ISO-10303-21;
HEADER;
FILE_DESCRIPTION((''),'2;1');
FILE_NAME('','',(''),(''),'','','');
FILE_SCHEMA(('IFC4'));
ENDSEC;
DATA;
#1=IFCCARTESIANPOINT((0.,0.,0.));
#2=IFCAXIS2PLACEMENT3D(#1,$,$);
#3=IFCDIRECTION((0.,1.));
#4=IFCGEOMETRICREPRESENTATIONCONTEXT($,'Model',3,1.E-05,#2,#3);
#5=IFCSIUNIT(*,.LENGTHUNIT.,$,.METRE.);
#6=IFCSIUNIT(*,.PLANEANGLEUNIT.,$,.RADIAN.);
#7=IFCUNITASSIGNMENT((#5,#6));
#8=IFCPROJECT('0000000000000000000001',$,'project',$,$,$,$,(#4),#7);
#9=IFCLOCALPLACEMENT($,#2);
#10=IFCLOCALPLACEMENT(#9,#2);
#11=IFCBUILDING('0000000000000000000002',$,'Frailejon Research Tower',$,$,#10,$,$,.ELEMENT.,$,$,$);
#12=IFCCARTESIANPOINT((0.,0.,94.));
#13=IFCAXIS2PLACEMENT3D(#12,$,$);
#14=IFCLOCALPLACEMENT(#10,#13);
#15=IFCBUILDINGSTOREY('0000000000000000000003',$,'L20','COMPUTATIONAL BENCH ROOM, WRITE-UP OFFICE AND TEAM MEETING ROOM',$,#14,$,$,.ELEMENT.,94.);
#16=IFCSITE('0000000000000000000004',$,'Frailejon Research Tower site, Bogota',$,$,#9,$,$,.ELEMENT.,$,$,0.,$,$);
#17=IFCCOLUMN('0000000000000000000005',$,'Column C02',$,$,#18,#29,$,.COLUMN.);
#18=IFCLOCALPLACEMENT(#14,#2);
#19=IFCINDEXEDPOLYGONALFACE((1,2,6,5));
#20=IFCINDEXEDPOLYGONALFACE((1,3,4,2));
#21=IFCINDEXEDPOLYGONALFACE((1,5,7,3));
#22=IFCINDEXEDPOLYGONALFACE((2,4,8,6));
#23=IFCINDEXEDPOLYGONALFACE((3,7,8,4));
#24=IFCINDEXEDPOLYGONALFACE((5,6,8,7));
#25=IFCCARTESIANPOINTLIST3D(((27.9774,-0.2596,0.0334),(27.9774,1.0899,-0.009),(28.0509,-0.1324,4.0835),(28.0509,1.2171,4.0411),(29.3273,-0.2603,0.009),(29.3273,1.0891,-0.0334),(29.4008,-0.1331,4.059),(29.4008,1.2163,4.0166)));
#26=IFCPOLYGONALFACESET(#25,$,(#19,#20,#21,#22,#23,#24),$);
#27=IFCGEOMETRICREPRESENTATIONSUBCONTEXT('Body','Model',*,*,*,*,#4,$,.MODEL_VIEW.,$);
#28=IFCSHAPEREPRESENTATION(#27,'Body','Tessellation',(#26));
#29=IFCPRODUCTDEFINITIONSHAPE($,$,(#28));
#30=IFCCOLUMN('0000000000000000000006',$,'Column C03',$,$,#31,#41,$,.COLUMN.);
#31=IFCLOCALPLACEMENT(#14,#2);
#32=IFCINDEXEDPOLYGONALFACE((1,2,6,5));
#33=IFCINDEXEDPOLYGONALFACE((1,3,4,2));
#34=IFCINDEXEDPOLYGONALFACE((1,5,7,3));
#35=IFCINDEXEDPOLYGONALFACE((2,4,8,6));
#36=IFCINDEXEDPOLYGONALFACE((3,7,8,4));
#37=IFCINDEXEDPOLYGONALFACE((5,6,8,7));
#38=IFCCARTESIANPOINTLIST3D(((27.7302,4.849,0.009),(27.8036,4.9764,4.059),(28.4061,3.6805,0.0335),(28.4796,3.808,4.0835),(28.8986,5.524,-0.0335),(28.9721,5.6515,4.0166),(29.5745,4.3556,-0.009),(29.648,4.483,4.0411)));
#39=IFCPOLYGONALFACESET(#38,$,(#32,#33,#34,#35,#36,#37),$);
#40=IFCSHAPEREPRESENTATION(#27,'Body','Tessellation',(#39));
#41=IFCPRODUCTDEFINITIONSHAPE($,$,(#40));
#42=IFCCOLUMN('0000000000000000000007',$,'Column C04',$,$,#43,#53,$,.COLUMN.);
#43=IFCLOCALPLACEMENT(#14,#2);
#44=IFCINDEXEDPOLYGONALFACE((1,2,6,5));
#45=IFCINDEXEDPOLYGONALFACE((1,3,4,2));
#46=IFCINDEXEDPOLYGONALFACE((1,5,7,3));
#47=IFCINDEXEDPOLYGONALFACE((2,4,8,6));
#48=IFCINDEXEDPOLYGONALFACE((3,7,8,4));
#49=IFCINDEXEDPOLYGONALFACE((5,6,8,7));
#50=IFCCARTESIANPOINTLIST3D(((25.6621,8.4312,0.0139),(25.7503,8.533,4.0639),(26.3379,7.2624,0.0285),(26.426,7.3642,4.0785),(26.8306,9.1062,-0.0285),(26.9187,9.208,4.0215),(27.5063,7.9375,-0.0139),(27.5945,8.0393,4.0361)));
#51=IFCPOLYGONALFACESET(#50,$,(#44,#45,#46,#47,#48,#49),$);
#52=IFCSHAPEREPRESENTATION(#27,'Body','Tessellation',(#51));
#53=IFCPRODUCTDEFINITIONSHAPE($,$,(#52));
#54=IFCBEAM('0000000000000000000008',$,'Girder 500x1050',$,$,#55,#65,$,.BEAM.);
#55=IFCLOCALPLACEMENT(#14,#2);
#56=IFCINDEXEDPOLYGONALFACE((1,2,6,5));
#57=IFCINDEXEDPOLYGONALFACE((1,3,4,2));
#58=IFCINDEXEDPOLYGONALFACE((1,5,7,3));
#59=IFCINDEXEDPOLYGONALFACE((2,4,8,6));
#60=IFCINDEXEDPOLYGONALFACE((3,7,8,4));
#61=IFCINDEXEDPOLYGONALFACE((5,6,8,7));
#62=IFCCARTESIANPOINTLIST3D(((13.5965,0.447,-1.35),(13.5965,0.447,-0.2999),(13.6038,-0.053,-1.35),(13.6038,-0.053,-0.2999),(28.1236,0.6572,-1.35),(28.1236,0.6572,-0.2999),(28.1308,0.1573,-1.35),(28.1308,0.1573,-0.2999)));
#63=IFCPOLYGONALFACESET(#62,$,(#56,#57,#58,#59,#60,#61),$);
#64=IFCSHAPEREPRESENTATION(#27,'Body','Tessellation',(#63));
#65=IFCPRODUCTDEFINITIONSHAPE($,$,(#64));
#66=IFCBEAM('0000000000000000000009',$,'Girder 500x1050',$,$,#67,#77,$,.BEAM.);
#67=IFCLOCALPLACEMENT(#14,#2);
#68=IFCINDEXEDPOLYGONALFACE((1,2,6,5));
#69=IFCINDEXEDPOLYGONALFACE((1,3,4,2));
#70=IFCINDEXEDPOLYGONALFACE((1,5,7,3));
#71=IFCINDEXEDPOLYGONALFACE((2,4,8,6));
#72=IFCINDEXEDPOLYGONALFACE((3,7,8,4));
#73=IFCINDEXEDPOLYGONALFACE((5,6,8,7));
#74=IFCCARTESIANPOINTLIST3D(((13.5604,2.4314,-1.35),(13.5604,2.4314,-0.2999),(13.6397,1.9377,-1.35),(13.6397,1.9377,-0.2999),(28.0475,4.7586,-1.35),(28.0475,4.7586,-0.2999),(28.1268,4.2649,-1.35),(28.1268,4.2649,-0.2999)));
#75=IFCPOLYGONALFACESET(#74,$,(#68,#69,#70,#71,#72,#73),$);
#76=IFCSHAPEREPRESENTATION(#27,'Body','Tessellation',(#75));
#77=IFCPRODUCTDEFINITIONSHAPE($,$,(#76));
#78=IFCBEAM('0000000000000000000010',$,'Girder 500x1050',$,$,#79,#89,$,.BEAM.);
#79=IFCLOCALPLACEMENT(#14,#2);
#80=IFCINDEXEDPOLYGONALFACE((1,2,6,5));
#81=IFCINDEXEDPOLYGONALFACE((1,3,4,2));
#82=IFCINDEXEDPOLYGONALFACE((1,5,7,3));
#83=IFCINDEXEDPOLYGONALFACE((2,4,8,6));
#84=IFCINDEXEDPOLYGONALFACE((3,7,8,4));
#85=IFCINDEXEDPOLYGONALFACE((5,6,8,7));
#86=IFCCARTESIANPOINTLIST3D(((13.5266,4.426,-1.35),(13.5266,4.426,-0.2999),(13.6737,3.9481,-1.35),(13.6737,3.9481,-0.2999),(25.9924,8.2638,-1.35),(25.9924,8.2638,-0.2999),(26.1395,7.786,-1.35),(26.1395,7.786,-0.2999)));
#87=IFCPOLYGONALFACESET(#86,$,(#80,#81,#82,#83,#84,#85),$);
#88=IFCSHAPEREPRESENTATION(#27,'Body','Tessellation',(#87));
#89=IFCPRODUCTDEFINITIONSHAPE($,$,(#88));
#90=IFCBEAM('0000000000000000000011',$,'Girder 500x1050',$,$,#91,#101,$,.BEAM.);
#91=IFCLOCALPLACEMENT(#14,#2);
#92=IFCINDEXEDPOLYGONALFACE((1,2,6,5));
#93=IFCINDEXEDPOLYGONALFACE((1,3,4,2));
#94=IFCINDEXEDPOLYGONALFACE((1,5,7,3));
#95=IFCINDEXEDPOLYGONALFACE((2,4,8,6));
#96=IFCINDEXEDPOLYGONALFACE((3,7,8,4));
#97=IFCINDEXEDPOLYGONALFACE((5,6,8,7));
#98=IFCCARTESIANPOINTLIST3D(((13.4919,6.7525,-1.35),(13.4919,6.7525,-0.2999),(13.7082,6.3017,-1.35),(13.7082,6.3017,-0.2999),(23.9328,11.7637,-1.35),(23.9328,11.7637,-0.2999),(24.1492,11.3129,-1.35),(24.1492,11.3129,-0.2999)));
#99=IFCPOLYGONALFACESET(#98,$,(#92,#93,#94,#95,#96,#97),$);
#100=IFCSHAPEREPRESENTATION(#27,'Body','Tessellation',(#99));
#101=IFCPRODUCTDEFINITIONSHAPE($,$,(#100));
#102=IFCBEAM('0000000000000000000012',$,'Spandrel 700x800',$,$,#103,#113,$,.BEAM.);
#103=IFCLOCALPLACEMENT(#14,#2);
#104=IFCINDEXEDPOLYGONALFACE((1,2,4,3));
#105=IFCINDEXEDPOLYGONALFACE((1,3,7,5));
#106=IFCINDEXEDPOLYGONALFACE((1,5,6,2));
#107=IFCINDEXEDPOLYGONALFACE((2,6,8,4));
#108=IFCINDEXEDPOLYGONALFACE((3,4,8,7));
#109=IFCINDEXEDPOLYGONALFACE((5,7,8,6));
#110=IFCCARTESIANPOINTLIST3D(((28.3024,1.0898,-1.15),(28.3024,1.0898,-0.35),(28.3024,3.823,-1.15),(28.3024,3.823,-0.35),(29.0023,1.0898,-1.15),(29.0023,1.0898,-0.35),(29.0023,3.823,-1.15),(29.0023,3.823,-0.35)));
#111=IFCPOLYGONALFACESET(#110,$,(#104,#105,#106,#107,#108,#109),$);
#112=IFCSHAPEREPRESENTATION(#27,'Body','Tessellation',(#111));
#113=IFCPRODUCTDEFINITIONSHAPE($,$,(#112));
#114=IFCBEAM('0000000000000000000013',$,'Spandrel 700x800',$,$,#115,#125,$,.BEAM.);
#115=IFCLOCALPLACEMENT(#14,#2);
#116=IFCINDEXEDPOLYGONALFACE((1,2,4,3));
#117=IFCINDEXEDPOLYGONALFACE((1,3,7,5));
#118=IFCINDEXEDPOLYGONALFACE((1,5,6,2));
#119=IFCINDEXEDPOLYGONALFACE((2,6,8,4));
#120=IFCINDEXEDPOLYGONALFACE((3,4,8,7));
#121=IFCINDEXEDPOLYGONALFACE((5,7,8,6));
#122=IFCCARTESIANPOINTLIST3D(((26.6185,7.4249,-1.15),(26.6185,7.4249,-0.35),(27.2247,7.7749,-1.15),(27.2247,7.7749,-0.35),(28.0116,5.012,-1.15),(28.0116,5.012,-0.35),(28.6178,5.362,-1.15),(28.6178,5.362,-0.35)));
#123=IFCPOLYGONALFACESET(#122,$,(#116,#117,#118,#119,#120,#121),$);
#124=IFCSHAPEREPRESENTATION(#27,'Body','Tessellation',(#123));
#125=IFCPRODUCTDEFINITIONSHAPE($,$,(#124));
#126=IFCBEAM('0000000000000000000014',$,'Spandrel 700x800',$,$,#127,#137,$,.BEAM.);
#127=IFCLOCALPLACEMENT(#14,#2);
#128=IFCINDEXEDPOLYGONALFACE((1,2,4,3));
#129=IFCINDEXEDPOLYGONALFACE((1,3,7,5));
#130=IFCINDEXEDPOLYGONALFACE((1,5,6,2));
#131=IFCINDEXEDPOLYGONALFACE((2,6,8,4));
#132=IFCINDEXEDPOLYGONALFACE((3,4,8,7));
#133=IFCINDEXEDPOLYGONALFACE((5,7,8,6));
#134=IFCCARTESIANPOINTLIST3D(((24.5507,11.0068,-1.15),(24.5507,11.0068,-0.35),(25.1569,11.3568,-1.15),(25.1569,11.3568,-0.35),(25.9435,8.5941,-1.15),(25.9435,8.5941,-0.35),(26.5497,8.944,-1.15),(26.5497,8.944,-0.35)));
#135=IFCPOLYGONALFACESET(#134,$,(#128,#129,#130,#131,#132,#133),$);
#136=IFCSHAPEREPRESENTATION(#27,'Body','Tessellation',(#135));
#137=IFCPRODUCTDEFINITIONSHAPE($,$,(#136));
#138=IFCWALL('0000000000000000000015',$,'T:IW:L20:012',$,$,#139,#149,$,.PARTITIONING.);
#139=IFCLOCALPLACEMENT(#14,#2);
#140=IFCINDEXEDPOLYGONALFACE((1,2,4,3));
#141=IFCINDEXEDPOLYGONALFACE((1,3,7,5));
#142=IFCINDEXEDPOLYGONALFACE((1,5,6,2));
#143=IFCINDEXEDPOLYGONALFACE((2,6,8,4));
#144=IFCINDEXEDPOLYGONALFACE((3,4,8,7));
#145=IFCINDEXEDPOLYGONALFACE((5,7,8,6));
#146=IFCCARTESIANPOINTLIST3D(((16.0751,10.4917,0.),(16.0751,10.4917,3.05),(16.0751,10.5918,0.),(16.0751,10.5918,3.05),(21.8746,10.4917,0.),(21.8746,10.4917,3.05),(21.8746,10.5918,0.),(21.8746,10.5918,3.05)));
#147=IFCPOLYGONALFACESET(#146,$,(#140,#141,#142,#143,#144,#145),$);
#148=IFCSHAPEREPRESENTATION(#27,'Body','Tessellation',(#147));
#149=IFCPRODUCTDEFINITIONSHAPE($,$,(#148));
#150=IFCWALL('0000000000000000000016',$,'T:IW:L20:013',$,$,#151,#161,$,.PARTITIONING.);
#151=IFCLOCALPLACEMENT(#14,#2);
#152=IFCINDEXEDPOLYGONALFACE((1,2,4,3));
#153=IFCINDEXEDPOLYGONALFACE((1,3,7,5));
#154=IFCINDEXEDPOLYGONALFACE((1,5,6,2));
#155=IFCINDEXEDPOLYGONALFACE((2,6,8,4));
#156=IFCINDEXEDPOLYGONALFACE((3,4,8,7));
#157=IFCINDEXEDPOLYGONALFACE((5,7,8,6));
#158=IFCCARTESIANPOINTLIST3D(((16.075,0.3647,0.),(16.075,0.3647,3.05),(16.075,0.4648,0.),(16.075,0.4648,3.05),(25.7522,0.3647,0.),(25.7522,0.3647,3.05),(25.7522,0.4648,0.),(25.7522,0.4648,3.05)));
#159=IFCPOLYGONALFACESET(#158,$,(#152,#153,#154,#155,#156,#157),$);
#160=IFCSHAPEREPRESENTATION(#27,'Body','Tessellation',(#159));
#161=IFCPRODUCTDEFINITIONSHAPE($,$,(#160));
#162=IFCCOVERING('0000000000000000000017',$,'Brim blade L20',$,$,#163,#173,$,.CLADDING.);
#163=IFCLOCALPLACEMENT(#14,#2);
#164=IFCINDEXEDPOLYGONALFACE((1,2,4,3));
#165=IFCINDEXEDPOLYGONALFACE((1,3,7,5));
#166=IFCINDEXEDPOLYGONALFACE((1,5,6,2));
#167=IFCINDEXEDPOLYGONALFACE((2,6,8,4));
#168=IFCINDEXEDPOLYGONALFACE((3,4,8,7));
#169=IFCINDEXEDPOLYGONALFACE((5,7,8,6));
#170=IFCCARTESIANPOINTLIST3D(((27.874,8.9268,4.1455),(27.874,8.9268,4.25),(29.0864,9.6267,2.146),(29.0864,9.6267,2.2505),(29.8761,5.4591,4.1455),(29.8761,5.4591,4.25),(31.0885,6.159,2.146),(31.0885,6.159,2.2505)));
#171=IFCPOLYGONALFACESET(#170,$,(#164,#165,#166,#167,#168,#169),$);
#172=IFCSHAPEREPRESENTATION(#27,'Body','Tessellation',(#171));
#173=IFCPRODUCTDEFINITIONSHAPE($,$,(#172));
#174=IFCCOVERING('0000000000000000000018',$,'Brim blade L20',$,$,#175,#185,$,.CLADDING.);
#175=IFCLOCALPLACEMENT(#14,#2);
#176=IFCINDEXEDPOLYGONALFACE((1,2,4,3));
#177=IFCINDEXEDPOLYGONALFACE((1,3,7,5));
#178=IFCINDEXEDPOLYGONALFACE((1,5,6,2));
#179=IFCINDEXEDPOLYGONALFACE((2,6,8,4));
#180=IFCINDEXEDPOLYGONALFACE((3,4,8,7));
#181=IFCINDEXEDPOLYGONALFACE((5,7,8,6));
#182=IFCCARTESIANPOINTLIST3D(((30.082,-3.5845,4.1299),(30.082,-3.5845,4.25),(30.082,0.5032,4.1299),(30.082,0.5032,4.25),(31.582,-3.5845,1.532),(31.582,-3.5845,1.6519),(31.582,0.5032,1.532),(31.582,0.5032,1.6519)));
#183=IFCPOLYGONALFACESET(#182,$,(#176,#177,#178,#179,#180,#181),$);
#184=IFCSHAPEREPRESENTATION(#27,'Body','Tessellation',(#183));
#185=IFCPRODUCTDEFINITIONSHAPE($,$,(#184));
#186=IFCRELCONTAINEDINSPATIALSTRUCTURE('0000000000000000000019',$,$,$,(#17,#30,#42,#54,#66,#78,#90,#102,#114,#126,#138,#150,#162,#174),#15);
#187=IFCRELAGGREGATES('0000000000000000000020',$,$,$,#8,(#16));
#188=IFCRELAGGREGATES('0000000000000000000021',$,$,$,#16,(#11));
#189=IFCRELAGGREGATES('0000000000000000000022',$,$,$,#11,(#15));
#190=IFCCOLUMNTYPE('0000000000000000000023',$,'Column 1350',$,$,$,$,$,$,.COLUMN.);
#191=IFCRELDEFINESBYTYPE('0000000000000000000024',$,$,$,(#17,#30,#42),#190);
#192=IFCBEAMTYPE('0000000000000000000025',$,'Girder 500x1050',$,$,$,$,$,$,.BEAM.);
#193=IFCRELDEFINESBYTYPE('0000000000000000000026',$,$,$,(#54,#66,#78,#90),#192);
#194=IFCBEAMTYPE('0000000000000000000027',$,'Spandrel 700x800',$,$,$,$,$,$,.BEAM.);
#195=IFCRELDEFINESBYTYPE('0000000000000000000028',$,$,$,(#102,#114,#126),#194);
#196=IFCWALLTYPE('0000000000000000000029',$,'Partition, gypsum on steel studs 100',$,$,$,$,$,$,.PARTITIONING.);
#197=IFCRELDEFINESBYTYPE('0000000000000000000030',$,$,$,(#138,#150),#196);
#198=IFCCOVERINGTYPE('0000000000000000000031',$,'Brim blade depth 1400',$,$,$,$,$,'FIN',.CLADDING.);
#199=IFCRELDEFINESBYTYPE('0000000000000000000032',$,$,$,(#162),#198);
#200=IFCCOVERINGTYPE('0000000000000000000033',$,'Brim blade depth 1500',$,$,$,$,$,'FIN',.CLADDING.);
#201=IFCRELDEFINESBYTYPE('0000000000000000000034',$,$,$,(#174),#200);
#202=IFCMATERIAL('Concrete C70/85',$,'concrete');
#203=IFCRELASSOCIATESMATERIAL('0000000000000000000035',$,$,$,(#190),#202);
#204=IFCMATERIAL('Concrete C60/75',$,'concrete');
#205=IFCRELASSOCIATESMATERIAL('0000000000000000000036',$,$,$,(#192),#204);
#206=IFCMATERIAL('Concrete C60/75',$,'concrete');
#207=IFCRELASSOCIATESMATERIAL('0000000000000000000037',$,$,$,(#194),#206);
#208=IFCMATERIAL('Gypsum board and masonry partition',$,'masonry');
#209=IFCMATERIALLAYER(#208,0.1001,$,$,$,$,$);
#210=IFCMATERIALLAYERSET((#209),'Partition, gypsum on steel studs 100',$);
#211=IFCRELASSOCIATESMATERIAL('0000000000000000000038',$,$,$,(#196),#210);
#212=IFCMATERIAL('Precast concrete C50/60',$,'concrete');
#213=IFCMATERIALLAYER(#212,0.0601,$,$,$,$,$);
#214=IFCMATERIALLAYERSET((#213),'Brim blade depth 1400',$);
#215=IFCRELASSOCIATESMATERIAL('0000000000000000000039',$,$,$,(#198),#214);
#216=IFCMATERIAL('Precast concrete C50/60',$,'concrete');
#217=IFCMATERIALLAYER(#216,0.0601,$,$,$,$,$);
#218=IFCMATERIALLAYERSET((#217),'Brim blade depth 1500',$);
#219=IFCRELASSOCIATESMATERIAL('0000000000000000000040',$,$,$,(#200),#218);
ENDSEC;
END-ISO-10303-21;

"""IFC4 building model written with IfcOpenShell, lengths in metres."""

from ifc_helpers import new_model, si_unit, direction, frame, frame_2d, origin, origin_2d, place, context, subcontext, project, spatial, polyline, rectangle, outline, extrude, material, layer, layer_set, material_profile, profile_set, type_object, element, save


model = new_model("IFC4")

# Units and contexts
model_context = context("Model", 3, precision=1e-05, world=origin(), true_north=direction((0.0, 1.0)))
body_context = subcontext(model_context, "Body", "Model", "MODEL_VIEW")
ifc_project = project(units=[si_unit("LENGTHUNIT", "METRE"), si_unit("PLANEANGLEUNIT", "RADIAN")], contexts=[model_context])

# Site, building, storey
site_placement = place(None, origin())
site = spatial("IfcSite", under=ifc_project, at=site_placement, Name="Frailejon Research Tower site, Bogota", CompositionType="ELEMENT", RefElevation=0.0)
building_placement = place(site_placement, origin())
building = spatial("IfcBuilding", under=site, at=building_placement, Name="Frailejon Research Tower", CompositionType="ELEMENT")
storey_placement = place(building_placement, frame((0.0, 0.0, 94.0)))
storey = spatial("IfcBuildingStorey", under=building, at=storey_placement, Name="L20", Description="COMPUTATIONAL BENCH ROOM, WRITE-UP OFFICE AND TEAM MEETING ROOM", CompositionType="ELEMENT", Elevation=94.0)

# Columns
ifc_material_1 = material(Name="Concrete C70/85", Category="concrete")
ifc_material_profile_1 = material_profile(ifc_material_1, rectangle(XDim=1.3501, YDim=1.3501, at=origin_2d()), Name="Column 1350")
ifc_profile_set_1 = profile_set([ifc_material_profile_1], Name="Concrete C70/85")
column_type = type_object("IfcColumnType", Name="Column 1350", PredefinedType="COLUMN", material=ifc_profile_set_1)
for number, where, z_axis, x_axis, name in (
    (1, (28.6523, 0.4148, 0.0), (0.018133, 0.031386, 0.999343), (-0.000022, 0.999507, -0.03139), "Column C02"),
    (2, (28.6523, 4.6023, 0.0), (0.018133, 0.031446, 0.999341), (-0.500658, 0.865455, -0.018149), "Column C03"),
):
    element("IfcColumn", number, at=place(storey_placement, frame(where, z_axis=z_axis, x_axis=x_axis)), inside=storey, type_object=column_type, Name=name, PredefinedType="COLUMN", context=body_context, shape_type="SweptSolid", body=[
        extrude(rectangle(XDim=1.3501, YDim=1.3501, at=origin_2d()), origin(), (0.0, 0.0, 1.0), 4.0527),
    ])
column_placement = place(storey_placement, frame((26.5842, 8.1843, 0.0), z_axis=(0.021749, 0.025123, 0.999448), x_axis=(-0.500502, 0.865667, -0.010869)))
element("IfcColumn", 3, at=column_placement, inside=storey, type_object=column_type, Name="Column C04", PredefinedType="COLUMN", context=body_context, shape_type="SweptSolid", body=[
    extrude(rectangle(XDim=1.3501, YDim=1.3501, at=origin_2d()), origin(), (0.0, 0.0, 1.0), 4.0522),
])

# Beams
ifc_material_2 = material(Name="Concrete C60/75", Category="concrete")
ifc_material_profile_2 = material_profile(ifc_material_2, rectangle(XDim=0.5, YDim=1.05, at=origin_2d()), Name="Girder 500x1050")
ifc_profile_set_2 = profile_set([ifc_material_profile_2], Name="Concrete C60/75")
beam_type_1 = type_object("IfcBeamType", Name="Girder 500x1050", PredefinedType="BEAM", material=ifc_profile_set_2)
beam_1_placement = place(storey_placement, frame((28.1272, 0.4072, -0.825), z_axis=(-0.999895, -0.014468, 0.0), x_axis=(0.014468, -0.999895, 0.0)))
element("IfcBeam", 4, at=beam_1_placement, inside=storey, type_object=beam_type_1, Name="Girder 500x1050", PredefinedType="BEAM", context=body_context, shape_type="SweptSolid", body=[
    extrude(rectangle(XDim=0.5, YDim=1.05, at=origin_2d()), origin(), (0.0, 0.0, 1.0), 14.5286),
])
beam_2_placement = place(storey_placement, frame((28.0872, 4.5117, -0.825), z_axis=(-0.987342, -0.158603, 0.0), x_axis=(0.158603, -0.987342, 0.0)))
element("IfcBeam", 5, at=beam_2_placement, inside=storey, type_object=beam_type_1, Name="Girder 500x1050", PredefinedType="BEAM", context=body_context, shape_type="SweptSolid", body=[
    extrude(rectangle(XDim=0.5, YDim=1.05, at=origin_2d()), origin(), (0.0, 0.0, 1.0), 14.6729),
])
beam_3_placement = place(storey_placement, frame((26.0659, 8.0249, -0.825), z_axis=(-0.95573, -0.294244, 0.0), x_axis=(0.294244, -0.95573, 0.0)))
element("IfcBeam", 6, at=beam_3_placement, inside=storey, type_object=beam_type_1, Name="Girder 500x1050", PredefinedType="BEAM", context=body_context, shape_type="SweptSolid", body=[
    extrude(rectangle(XDim=0.5, YDim=1.05, at=origin_2d()), origin(), (0.0, 0.0, 1.0), 13.0432),
])
beam_4_placement = place(storey_placement, frame((24.041, 11.5383, -0.825), z_axis=(-0.901537, -0.432702, 0.0), x_axis=(0.432702, -0.901537, 0.0)))
element("IfcBeam", 7, at=beam_4_placement, inside=storey, type_object=beam_type_1, Name="Girder 500x1050", PredefinedType="BEAM", context=body_context, shape_type="SweptSolid", body=[
    extrude(rectangle(XDim=0.5, YDim=1.05, at=origin_2d()), origin(), (0.0, 0.0, 1.0), 11.5813),
])
ifc_material_3 = material(Name="Concrete C60/75", Category="concrete")
ifc_material_profile_3 = material_profile(ifc_material_3, rectangle(XDim=0.7, YDim=0.8, at=origin_2d()), Name="Spandrel 700x800")
ifc_profile_set_3 = profile_set([ifc_material_profile_3], Name="Concrete C60/75")
beam_type_2 = type_object("IfcBeamType", Name="Spandrel 700x800", PredefinedType="BEAM", material=ifc_profile_set_3)
beam_5_placement = place(storey_placement, frame((28.6523, 1.0898, -0.75), z_axis=(0.0, 1.0, 0.0), x_axis=(-1.0, 0.0, 0.0)))
element("IfcBeam", 8, at=beam_5_placement, inside=storey, type_object=beam_type_2, Name="Spandrel 700x800", PredefinedType="BEAM", context=body_context, shape_type="SweptSolid", body=[
    extrude(rectangle(XDim=0.7, YDim=0.8, at=origin_2d()), origin(), (0.0, 0.0, 1.0), 2.7332),
])
beam_6_placement = place(storey_placement, frame((28.3147, 5.187, -0.75), z_axis=(-0.500003, 0.866024, 0.0), x_axis=(-0.866024, -0.500003, 0.0)))
element("IfcBeam", 9, at=beam_6_placement, inside=storey, type_object=beam_type_2, Name="Spandrel 700x800", PredefinedType="BEAM", context=body_context, shape_type="SweptSolid", body=[
    extrude(rectangle(XDim=0.7, YDim=0.8, at=origin_2d()), origin(), (0.0, 0.0, 1.0), 2.7861),
])
beam_7_placement = place(storey_placement, frame((26.2466, 8.769, -0.75), z_axis=(-0.499937, 0.866062, 0.0), x_axis=(-0.866062, -0.499937, 0.0)))
element("IfcBeam", 10, at=beam_7_placement, inside=storey, type_object=beam_type_2, Name="Spandrel 700x800", PredefinedType="BEAM", context=body_context, shape_type="SweptSolid", body=[
    extrude(rectangle(XDim=0.7, YDim=0.8, at=origin_2d()), origin(), (0.0, 0.0, 1.0), 2.7859),
])

# Walls
ifc_material_4 = material(Name="Gypsum board and masonry partition", Category="masonry")
ifc_layer_1 = layer(ifc_material_4, 0.1001)
ifc_layer_set_1 = layer_set([ifc_layer_1], Name="Partition, gypsum on steel studs 100")
wall_type_1 = type_object("IfcWallType", Name="Partition, gypsum on steel studs 100", PredefinedType="PARTITIONING", material=ifc_layer_set_1)
wall_1_placement = place(storey_placement, frame((16.075, 10.5417, 0.0), z_axis=(0.0, 0.0, 1.0), x_axis=(1.0, 0.0, 0.0)))
element("IfcWall", 11, at=wall_1_placement, inside=storey, type_object=wall_type_1, Name="T:IW:L20:012", PredefinedType="PARTITIONING", context=body_context, shape_type="SweptSolid", body=[
    extrude(rectangle(XDim=5.7996, YDim=0.1001, at=frame_2d((2.8999, 0.0))), origin(), (0.0, 0.0, 1.0), 3.05),
])
wall_2_placement = place(storey_placement, frame((16.075, 0.4148, 0.0), z_axis=(0.0, 0.0, 1.0), x_axis=(1.0, 0.0, 0.0)))
element("IfcWall", 12, at=wall_2_placement, inside=storey, type_object=wall_type_1, Name="T:IW:L20:013", PredefinedType="PARTITIONING", context=body_context, shape_type="SweptSolid", body=[
    extrude(rectangle(XDim=9.6772, YDim=0.1001, at=frame_2d((4.8386, 0.0))), origin(), (0.0, 0.0, 1.0), 3.05),
])

# Coverings
ifc_material_5 = material(Name="Precast concrete C50/60", Category="concrete")
ifc_layer_2 = layer(ifc_material_5, 0.0601)
ifc_layer_set_2 = layer_set([ifc_layer_2], Name="Brim blade depth 1400")
covering_type_1 = type_object("IfcCoveringType", Name="Brim blade depth 1400", ElementType="FIN", PredefinedType="CLADDING", material=ifc_layer_set_2)
covering_placement = place(storey_placement, frame((27.874, 8.9268, 4.25), z_axis=(0.500004, -0.866023, 0.0), x_axis=(0.866023, 0.500004, 0.0)))
element("IfcCovering", 13, at=covering_placement, inside=storey, type_object=covering_type_1, Name="Brim blade L20", PredefinedType="CLADDING", context=body_context, shape_type="SweptSolid", body=[
    extrude(outline(polyline([(0.0, -0.1045), (1.3999, -2.104), (1.3999, -1.9995), (0.0, 0.0), (0.0, -0.1045)])), origin(), (0.0, 0.0, 1.0), 4.0042),
])
ifc_material_6 = material(Name="Precast concrete C50/60", Category="concrete")
ifc_layer_3 = layer(ifc_material_6, 0.0601)
ifc_layer_set_3 = layer_set([ifc_layer_3], Name="Brim blade depth 1500")
covering_type_2 = type_object("IfcCoveringType", Name="Brim blade depth 1500", ElementType="FIN", PredefinedType="CLADDING", material=ifc_layer_set_3)
for number, where, z_axis, x_axis, name in (
    (14, (30.082, 0.5032, 4.25), (0.0, -1.0, 0.0), (1.0, 0.0, 0.0), "Brim blade L20"),
):
    element("IfcCovering", number, at=place(storey_placement, frame(where, z_axis=z_axis, x_axis=x_axis)), inside=storey, type_object=covering_type_2, Name=name, PredefinedType="CLADDING", context=body_context, shape_type="SweptSolid", body=[
        extrude(outline(polyline([(0.0, -0.1201), (1.5, -2.718), (1.5, -2.5981), (0.0, 0.0), (0.0, -0.1201)])), origin(), (0.0, 0.0, 1.0), 4.0876),
    ])

save(model, "model.ifc")
